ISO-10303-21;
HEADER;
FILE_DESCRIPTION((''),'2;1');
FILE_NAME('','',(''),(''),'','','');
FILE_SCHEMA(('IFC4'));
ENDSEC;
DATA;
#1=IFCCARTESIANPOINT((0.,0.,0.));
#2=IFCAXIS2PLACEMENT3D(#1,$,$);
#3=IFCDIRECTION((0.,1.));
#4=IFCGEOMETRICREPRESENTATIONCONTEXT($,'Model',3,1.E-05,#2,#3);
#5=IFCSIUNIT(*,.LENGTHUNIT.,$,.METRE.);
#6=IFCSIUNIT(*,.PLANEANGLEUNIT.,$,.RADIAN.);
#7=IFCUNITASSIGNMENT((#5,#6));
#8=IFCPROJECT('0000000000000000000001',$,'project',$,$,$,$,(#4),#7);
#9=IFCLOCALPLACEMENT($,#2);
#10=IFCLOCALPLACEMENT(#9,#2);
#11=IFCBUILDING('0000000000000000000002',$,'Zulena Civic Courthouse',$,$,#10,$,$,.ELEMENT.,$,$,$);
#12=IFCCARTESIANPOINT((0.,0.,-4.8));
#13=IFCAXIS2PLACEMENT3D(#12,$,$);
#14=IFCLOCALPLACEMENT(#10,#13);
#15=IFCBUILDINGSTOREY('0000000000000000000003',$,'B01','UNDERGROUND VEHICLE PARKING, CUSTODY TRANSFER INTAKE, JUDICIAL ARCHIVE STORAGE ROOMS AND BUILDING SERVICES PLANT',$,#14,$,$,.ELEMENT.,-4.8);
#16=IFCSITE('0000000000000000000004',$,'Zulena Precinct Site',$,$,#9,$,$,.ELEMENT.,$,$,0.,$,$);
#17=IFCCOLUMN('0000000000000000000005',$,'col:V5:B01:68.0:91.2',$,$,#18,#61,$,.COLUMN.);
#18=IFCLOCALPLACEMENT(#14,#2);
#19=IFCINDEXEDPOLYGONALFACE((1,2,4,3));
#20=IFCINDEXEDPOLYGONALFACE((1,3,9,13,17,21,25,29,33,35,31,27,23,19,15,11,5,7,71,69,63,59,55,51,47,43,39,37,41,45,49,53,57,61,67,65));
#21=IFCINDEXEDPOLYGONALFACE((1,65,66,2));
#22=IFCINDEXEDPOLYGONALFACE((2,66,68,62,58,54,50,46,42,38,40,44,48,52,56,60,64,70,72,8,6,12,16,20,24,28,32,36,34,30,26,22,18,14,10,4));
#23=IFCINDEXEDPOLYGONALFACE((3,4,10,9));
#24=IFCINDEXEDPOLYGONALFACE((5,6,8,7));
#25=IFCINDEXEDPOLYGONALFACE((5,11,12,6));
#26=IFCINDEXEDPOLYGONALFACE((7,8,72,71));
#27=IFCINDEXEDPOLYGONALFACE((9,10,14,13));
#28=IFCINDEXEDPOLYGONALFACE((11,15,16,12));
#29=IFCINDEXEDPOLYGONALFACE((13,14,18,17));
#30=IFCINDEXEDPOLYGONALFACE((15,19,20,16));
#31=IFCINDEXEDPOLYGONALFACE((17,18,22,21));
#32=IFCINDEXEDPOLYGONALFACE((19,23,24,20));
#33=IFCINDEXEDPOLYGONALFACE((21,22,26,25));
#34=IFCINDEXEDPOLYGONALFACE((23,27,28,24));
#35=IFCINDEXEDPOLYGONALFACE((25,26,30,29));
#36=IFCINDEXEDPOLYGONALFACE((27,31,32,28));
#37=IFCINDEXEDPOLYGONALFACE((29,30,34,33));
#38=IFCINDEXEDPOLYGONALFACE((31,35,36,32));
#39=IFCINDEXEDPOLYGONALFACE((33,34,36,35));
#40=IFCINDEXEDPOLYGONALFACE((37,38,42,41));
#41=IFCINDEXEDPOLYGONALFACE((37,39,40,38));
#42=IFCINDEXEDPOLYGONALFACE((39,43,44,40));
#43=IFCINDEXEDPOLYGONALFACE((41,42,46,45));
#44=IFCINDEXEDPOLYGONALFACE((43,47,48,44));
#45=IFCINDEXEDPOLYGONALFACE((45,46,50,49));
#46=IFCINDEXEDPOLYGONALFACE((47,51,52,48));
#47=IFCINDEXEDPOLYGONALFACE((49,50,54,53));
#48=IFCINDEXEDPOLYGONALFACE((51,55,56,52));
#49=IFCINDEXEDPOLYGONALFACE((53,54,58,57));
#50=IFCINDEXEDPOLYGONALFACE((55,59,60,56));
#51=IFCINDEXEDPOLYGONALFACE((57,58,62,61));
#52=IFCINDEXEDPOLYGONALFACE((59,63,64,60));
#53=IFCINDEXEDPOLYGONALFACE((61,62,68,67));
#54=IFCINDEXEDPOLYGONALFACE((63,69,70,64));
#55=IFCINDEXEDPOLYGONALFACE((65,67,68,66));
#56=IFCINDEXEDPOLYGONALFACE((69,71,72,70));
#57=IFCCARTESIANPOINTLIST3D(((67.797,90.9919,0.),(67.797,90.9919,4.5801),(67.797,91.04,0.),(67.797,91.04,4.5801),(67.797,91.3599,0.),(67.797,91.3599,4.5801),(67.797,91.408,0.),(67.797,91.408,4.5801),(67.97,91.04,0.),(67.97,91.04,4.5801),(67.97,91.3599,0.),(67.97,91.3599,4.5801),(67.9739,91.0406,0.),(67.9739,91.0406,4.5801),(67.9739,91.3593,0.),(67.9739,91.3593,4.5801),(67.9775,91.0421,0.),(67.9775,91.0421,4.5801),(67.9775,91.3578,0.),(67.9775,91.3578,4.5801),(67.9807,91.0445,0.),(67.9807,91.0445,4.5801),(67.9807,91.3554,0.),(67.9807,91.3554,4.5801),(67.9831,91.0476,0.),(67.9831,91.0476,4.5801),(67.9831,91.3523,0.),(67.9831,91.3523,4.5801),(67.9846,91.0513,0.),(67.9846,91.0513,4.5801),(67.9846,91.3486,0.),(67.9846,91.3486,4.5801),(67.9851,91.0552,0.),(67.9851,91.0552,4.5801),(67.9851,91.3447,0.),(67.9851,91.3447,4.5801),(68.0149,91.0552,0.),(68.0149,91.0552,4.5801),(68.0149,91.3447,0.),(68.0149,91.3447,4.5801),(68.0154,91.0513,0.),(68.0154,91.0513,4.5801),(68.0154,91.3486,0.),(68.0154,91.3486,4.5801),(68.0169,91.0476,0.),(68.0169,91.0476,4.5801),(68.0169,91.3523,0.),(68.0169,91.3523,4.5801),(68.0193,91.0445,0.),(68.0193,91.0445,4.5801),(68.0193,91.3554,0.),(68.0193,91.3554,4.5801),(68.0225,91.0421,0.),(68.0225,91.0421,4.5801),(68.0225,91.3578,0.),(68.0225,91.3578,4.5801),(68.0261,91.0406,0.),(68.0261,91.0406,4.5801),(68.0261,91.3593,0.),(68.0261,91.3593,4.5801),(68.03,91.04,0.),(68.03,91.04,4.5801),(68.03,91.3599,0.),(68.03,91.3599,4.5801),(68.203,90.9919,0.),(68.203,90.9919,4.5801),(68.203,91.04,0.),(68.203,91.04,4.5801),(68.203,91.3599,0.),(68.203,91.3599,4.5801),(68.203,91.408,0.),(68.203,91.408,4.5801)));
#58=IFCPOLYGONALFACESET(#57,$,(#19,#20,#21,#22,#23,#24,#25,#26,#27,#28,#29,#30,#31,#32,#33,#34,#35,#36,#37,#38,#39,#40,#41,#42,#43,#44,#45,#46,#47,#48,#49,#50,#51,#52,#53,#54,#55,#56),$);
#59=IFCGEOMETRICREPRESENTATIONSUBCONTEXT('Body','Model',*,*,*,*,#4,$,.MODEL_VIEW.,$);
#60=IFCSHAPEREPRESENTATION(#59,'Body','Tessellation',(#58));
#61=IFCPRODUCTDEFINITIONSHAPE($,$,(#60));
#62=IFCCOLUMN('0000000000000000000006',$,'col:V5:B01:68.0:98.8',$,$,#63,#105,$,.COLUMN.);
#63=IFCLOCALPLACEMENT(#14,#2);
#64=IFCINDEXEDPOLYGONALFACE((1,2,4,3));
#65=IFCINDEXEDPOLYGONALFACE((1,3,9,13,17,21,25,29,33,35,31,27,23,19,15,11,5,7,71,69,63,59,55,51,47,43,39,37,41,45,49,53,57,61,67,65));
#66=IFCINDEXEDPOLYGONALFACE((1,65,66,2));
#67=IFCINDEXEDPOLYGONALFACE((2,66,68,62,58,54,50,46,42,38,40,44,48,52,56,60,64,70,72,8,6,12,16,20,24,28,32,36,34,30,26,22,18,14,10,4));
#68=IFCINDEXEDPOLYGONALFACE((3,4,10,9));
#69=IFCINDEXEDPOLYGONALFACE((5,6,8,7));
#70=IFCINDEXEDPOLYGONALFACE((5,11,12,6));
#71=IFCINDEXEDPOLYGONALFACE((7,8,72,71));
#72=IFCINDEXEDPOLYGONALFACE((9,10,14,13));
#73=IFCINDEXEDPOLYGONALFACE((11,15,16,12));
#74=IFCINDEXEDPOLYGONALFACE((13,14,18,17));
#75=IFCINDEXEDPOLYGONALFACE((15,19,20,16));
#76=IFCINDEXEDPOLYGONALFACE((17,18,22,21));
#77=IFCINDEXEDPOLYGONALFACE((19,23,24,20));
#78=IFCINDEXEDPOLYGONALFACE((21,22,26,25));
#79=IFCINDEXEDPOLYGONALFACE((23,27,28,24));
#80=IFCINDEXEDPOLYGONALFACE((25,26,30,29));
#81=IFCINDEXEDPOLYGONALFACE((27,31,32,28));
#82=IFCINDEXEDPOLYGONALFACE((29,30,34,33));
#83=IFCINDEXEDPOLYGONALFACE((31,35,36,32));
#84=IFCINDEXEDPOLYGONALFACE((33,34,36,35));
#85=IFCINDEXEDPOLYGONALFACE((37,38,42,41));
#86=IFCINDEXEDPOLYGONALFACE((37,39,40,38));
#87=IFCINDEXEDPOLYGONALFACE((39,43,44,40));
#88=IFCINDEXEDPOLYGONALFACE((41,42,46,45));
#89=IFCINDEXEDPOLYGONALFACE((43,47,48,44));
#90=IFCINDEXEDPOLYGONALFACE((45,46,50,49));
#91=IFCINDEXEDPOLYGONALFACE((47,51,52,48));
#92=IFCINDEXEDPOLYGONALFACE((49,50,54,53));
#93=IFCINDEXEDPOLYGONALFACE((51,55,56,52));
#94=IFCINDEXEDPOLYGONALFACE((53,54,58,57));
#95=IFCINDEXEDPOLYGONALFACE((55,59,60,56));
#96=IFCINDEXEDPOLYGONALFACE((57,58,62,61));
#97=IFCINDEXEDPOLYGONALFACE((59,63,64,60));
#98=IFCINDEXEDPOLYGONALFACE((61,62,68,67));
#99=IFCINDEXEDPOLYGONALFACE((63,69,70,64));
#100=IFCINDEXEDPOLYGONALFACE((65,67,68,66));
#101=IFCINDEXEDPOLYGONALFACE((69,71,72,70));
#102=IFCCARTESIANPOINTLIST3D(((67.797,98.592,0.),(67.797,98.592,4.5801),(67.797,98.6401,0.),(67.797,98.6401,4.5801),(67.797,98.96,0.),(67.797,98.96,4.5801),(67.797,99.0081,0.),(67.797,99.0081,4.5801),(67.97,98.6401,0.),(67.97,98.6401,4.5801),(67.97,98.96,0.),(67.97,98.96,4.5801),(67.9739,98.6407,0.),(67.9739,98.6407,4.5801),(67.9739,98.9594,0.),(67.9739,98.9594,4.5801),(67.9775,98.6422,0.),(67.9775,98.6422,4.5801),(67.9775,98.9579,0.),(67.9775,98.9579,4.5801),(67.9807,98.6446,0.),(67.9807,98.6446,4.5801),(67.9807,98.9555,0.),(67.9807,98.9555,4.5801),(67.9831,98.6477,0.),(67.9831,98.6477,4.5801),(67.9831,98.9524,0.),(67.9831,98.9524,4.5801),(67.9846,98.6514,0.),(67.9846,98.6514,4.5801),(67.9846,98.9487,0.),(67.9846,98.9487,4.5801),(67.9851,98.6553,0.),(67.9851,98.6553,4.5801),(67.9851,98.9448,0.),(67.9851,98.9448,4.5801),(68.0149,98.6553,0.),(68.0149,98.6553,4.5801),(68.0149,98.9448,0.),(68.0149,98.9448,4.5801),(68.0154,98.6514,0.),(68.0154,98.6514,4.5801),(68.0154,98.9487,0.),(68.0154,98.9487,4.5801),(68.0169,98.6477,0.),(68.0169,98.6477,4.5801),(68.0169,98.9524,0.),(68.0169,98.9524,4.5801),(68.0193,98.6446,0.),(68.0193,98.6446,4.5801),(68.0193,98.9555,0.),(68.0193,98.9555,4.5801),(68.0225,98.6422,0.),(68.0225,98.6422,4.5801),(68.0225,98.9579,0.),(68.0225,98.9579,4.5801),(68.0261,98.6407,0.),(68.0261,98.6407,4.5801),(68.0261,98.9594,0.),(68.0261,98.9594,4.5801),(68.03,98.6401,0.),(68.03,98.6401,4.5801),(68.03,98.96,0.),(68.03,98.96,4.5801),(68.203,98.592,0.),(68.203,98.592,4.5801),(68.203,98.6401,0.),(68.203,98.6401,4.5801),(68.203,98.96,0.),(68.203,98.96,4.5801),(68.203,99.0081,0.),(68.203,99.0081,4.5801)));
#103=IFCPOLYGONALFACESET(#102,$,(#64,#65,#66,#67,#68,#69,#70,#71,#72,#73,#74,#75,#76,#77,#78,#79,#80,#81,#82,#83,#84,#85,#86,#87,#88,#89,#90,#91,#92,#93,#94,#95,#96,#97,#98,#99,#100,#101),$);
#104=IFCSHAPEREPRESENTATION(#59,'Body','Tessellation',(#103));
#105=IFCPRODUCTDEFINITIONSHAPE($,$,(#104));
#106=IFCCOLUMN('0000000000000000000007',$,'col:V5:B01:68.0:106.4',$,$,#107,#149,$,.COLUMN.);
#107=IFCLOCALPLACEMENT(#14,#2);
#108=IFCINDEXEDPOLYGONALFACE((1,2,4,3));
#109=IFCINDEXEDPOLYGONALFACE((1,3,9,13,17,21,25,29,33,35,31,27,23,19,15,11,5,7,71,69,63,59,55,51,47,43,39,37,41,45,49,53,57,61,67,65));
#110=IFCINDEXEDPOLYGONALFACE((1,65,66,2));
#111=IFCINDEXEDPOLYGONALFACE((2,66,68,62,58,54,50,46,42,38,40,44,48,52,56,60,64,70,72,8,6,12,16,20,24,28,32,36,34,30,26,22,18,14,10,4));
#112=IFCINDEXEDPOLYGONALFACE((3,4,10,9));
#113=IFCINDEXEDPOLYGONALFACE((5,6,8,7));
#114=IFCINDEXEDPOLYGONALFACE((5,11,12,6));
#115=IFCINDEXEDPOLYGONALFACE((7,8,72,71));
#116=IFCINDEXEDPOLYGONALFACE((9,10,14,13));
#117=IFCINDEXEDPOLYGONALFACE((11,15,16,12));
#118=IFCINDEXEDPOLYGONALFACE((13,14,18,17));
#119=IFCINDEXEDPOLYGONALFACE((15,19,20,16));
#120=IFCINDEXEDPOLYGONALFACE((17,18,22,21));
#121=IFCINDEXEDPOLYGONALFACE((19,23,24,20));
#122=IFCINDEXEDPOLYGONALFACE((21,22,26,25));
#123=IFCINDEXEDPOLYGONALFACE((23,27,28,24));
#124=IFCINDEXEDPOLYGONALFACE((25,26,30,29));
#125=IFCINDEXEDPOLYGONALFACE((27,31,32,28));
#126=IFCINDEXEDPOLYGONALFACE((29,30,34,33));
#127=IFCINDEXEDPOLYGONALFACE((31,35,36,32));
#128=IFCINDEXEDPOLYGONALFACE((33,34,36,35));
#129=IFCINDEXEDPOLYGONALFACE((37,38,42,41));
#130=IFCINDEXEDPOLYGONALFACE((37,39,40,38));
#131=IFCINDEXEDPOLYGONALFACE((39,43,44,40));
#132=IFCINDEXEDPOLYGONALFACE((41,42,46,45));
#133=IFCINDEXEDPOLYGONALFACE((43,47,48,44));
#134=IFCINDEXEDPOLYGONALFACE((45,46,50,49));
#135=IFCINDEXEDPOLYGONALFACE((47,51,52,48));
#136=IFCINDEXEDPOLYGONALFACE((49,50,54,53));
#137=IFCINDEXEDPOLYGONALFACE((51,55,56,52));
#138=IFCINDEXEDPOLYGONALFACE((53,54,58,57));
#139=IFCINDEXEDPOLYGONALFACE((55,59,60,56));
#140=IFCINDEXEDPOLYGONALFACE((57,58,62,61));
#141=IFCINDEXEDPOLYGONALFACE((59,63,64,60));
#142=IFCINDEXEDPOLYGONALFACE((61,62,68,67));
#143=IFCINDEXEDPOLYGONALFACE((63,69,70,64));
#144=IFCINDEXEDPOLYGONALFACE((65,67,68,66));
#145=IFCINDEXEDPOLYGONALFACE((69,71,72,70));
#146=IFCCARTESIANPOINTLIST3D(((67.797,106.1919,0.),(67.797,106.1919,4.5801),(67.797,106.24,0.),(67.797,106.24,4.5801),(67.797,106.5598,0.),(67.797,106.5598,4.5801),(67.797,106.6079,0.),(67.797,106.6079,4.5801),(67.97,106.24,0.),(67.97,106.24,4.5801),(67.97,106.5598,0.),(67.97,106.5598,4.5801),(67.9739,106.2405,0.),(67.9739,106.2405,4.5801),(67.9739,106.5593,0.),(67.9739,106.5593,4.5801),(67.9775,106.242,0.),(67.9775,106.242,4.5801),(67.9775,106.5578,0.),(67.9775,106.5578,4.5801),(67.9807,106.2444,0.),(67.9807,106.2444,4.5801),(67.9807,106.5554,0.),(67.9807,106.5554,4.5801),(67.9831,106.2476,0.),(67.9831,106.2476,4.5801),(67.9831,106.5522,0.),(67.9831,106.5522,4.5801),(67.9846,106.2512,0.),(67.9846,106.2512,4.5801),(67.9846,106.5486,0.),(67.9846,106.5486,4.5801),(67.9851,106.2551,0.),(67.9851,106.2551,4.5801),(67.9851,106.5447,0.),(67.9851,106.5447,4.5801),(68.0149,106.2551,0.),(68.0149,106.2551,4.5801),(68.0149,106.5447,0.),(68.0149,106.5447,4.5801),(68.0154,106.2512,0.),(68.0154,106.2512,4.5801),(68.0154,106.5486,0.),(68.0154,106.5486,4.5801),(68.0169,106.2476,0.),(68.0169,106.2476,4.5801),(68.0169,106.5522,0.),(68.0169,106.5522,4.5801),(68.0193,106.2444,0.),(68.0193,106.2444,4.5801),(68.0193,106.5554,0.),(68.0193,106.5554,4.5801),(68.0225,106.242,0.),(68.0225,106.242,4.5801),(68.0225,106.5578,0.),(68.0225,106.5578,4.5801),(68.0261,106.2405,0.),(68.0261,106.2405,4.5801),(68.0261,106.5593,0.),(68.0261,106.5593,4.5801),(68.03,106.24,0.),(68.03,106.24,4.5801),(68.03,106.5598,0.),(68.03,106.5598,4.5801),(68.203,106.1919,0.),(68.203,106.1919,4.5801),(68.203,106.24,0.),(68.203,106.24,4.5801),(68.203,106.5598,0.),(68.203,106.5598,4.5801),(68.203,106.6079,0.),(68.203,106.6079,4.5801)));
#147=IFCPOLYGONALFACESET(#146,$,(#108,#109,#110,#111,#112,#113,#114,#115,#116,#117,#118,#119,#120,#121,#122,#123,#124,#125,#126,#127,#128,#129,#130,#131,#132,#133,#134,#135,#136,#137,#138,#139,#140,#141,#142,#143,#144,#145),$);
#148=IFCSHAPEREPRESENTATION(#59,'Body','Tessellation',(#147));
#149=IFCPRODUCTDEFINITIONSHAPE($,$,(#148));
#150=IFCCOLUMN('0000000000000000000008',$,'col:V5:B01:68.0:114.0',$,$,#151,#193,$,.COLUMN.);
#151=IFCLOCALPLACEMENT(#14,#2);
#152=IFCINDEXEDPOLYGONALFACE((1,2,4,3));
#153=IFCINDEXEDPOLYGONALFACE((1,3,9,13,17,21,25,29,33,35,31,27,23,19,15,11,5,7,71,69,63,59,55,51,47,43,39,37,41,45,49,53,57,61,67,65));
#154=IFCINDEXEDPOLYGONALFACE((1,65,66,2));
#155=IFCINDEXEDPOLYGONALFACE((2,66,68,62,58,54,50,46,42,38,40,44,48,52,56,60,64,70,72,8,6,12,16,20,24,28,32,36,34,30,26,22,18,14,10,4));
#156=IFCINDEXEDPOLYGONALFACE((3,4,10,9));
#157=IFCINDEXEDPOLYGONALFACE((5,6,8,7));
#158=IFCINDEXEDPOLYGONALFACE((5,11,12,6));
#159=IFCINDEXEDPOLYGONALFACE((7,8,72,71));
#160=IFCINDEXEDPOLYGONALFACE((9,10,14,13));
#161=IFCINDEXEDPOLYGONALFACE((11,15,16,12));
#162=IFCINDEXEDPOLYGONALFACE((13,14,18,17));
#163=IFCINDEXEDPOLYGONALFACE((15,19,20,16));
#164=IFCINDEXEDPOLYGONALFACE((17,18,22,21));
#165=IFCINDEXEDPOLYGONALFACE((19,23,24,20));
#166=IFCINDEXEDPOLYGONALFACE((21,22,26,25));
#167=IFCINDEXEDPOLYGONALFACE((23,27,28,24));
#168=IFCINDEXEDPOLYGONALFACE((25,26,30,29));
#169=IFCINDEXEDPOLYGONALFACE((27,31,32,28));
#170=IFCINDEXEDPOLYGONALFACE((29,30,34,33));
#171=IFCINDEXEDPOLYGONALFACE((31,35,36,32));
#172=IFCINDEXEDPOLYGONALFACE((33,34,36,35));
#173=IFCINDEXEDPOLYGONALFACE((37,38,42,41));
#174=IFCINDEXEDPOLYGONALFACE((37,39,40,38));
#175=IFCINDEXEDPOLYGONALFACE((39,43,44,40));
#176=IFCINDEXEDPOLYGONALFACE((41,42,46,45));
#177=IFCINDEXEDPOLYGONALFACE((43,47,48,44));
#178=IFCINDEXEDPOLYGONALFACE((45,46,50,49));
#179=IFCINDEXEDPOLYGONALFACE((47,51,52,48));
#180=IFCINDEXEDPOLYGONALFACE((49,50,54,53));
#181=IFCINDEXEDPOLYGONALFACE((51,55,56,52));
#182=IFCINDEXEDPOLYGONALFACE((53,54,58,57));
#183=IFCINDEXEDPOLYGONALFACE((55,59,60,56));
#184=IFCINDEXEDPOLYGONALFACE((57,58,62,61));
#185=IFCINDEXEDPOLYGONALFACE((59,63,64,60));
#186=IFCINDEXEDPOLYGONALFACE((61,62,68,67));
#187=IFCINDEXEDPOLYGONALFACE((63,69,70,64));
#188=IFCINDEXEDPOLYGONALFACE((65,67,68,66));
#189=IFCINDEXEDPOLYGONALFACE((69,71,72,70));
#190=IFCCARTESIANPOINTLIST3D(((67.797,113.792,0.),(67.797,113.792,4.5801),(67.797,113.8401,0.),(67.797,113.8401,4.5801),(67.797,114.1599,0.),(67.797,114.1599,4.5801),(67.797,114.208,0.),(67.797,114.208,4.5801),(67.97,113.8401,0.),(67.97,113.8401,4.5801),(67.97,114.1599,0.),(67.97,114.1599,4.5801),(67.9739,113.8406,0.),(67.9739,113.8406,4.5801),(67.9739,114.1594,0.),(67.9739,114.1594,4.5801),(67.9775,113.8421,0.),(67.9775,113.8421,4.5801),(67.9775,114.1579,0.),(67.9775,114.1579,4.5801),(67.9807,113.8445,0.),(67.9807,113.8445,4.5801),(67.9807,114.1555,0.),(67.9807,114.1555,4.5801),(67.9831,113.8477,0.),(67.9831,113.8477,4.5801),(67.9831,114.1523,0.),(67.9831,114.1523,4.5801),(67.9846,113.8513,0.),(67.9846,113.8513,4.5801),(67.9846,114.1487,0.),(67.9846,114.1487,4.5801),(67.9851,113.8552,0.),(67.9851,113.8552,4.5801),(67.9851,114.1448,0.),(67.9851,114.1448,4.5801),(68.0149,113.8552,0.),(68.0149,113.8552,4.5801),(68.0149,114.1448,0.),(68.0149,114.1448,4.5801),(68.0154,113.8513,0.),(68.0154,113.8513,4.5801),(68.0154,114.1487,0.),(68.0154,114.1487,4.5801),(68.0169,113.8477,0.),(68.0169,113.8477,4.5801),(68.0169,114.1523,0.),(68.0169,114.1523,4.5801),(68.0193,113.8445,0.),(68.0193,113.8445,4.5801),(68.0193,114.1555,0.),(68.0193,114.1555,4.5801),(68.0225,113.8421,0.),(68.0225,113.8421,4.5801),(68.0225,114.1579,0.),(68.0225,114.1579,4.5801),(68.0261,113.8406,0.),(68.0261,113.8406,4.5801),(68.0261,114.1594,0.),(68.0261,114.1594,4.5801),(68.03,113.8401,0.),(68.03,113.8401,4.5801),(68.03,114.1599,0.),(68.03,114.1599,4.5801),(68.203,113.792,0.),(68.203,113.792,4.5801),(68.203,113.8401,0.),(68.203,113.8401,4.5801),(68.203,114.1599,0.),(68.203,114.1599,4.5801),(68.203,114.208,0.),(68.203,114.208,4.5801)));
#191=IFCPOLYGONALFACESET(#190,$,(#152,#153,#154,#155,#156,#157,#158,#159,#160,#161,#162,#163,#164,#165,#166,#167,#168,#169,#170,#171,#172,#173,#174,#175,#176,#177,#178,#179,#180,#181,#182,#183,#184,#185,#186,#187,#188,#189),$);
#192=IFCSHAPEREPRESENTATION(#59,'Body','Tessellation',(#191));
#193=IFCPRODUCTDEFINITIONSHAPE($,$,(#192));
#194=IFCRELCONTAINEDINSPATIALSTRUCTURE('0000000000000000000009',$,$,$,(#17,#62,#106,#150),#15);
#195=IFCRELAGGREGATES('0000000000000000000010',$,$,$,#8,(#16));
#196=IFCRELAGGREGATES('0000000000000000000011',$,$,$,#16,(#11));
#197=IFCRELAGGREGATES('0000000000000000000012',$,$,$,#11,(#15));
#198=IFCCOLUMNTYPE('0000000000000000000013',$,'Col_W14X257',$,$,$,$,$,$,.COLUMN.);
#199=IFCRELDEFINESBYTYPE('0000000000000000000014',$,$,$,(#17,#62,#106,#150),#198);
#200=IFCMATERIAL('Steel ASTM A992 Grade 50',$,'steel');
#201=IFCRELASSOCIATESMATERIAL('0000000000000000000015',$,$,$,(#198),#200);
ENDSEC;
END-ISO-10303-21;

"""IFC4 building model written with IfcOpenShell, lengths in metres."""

from ifc_helpers import new_model, si_unit, direction, frame, origin, origin_2d, place, context, subcontext, project, spatial, i_section, extrude, material, material_profile, profile_set, type_object, element, save


model = new_model("IFC4")

# Units and contexts
model_context = context("Model", 3, precision=1e-05, world=origin(), true_north=direction((0.0, 1.0)))
body_context = subcontext(model_context, "Body", "Model", "MODEL_VIEW")
ifc_project = project(units=[si_unit("LENGTHUNIT", "METRE"), si_unit("PLANEANGLEUNIT", "RADIAN")], contexts=[model_context])

# Site, building, storey
site_placement = place(None, origin())
site = spatial("IfcSite", under=ifc_project, at=site_placement, Name="Zulena Precinct Site", CompositionType="ELEMENT", RefElevation=0.0)
building_placement = place(site_placement, origin())
building = spatial("IfcBuilding", under=site, at=building_placement, Name="Zulena Civic Courthouse", CompositionType="ELEMENT")
storey_placement = place(building_placement, frame((0.0, 0.0, -4.8)))
storey = spatial("IfcBuildingStorey", under=building, at=storey_placement, Name="B01", Description="UNDERGROUND VEHICLE PARKING, CUSTODY TRANSFER INTAKE, JUDICIAL ARCHIVE STORAGE ROOMS AND BUILDING SERVICES PLANT", CompositionType="ELEMENT", Elevation=-4.8)

# Columns
ifc_material_1 = material(Name="Steel ASTM A992 Grade 50", Category="steel")
ifc_material_profile_1 = material_profile(ifc_material_1, i_section(OverallWidth=0.406, OverallDepth=0.416, WebThickness=0.0298, FlangeThickness=0.0481, FilletRadius=0.0151, at=origin_2d()), Name="W14X257")
ifc_profile_set_1 = profile_set([ifc_material_profile_1], Name="Steel ASTM A992 Grade 50")
column_type = type_object("IfcColumnType", Name="Col_W14X257", PredefinedType="COLUMN", material=ifc_profile_set_1)
for number, where, z_axis, x_axis, name in (
    (1, (68.0, 91.2, 0.0), (0.0, 0.0, 1.0), (1.0, 0.0, 0.0), "col:V5:B01:68.0:91.2"),
    (2, (68.0, 98.8, 0.0), (0.0, 0.0, 1.0), (1.0, 0.0, 0.0), "col:V5:B01:68.0:98.8"),
    (3, (68.0, 106.3999, 0.0), (0.0, 0.0, 1.0), (1.0, 0.0, 0.0), "col:V5:B01:68.0:106.4"),
    (4, (68.0, 114.0, 0.0), (0.0, 0.0, 1.0), (1.0, 0.0, 0.0), "col:V5:B01:68.0:114.0"),
):
    element("IfcColumn", number, at=place(storey_placement, frame(where, z_axis=z_axis, x_axis=x_axis)), inside=storey, type_object=column_type, Name=name, PredefinedType="COLUMN", context=body_context, shape_type="SweptSolid", body=[
        extrude(i_section(OverallWidth=0.406, OverallDepth=0.416, WebThickness=0.0298, FlangeThickness=0.0481, FilletRadius=0.0151, at=origin_2d()), origin(), (0.0, 0.0, 1.0), 4.5801),
    ])

save(model, "model.ifc")
